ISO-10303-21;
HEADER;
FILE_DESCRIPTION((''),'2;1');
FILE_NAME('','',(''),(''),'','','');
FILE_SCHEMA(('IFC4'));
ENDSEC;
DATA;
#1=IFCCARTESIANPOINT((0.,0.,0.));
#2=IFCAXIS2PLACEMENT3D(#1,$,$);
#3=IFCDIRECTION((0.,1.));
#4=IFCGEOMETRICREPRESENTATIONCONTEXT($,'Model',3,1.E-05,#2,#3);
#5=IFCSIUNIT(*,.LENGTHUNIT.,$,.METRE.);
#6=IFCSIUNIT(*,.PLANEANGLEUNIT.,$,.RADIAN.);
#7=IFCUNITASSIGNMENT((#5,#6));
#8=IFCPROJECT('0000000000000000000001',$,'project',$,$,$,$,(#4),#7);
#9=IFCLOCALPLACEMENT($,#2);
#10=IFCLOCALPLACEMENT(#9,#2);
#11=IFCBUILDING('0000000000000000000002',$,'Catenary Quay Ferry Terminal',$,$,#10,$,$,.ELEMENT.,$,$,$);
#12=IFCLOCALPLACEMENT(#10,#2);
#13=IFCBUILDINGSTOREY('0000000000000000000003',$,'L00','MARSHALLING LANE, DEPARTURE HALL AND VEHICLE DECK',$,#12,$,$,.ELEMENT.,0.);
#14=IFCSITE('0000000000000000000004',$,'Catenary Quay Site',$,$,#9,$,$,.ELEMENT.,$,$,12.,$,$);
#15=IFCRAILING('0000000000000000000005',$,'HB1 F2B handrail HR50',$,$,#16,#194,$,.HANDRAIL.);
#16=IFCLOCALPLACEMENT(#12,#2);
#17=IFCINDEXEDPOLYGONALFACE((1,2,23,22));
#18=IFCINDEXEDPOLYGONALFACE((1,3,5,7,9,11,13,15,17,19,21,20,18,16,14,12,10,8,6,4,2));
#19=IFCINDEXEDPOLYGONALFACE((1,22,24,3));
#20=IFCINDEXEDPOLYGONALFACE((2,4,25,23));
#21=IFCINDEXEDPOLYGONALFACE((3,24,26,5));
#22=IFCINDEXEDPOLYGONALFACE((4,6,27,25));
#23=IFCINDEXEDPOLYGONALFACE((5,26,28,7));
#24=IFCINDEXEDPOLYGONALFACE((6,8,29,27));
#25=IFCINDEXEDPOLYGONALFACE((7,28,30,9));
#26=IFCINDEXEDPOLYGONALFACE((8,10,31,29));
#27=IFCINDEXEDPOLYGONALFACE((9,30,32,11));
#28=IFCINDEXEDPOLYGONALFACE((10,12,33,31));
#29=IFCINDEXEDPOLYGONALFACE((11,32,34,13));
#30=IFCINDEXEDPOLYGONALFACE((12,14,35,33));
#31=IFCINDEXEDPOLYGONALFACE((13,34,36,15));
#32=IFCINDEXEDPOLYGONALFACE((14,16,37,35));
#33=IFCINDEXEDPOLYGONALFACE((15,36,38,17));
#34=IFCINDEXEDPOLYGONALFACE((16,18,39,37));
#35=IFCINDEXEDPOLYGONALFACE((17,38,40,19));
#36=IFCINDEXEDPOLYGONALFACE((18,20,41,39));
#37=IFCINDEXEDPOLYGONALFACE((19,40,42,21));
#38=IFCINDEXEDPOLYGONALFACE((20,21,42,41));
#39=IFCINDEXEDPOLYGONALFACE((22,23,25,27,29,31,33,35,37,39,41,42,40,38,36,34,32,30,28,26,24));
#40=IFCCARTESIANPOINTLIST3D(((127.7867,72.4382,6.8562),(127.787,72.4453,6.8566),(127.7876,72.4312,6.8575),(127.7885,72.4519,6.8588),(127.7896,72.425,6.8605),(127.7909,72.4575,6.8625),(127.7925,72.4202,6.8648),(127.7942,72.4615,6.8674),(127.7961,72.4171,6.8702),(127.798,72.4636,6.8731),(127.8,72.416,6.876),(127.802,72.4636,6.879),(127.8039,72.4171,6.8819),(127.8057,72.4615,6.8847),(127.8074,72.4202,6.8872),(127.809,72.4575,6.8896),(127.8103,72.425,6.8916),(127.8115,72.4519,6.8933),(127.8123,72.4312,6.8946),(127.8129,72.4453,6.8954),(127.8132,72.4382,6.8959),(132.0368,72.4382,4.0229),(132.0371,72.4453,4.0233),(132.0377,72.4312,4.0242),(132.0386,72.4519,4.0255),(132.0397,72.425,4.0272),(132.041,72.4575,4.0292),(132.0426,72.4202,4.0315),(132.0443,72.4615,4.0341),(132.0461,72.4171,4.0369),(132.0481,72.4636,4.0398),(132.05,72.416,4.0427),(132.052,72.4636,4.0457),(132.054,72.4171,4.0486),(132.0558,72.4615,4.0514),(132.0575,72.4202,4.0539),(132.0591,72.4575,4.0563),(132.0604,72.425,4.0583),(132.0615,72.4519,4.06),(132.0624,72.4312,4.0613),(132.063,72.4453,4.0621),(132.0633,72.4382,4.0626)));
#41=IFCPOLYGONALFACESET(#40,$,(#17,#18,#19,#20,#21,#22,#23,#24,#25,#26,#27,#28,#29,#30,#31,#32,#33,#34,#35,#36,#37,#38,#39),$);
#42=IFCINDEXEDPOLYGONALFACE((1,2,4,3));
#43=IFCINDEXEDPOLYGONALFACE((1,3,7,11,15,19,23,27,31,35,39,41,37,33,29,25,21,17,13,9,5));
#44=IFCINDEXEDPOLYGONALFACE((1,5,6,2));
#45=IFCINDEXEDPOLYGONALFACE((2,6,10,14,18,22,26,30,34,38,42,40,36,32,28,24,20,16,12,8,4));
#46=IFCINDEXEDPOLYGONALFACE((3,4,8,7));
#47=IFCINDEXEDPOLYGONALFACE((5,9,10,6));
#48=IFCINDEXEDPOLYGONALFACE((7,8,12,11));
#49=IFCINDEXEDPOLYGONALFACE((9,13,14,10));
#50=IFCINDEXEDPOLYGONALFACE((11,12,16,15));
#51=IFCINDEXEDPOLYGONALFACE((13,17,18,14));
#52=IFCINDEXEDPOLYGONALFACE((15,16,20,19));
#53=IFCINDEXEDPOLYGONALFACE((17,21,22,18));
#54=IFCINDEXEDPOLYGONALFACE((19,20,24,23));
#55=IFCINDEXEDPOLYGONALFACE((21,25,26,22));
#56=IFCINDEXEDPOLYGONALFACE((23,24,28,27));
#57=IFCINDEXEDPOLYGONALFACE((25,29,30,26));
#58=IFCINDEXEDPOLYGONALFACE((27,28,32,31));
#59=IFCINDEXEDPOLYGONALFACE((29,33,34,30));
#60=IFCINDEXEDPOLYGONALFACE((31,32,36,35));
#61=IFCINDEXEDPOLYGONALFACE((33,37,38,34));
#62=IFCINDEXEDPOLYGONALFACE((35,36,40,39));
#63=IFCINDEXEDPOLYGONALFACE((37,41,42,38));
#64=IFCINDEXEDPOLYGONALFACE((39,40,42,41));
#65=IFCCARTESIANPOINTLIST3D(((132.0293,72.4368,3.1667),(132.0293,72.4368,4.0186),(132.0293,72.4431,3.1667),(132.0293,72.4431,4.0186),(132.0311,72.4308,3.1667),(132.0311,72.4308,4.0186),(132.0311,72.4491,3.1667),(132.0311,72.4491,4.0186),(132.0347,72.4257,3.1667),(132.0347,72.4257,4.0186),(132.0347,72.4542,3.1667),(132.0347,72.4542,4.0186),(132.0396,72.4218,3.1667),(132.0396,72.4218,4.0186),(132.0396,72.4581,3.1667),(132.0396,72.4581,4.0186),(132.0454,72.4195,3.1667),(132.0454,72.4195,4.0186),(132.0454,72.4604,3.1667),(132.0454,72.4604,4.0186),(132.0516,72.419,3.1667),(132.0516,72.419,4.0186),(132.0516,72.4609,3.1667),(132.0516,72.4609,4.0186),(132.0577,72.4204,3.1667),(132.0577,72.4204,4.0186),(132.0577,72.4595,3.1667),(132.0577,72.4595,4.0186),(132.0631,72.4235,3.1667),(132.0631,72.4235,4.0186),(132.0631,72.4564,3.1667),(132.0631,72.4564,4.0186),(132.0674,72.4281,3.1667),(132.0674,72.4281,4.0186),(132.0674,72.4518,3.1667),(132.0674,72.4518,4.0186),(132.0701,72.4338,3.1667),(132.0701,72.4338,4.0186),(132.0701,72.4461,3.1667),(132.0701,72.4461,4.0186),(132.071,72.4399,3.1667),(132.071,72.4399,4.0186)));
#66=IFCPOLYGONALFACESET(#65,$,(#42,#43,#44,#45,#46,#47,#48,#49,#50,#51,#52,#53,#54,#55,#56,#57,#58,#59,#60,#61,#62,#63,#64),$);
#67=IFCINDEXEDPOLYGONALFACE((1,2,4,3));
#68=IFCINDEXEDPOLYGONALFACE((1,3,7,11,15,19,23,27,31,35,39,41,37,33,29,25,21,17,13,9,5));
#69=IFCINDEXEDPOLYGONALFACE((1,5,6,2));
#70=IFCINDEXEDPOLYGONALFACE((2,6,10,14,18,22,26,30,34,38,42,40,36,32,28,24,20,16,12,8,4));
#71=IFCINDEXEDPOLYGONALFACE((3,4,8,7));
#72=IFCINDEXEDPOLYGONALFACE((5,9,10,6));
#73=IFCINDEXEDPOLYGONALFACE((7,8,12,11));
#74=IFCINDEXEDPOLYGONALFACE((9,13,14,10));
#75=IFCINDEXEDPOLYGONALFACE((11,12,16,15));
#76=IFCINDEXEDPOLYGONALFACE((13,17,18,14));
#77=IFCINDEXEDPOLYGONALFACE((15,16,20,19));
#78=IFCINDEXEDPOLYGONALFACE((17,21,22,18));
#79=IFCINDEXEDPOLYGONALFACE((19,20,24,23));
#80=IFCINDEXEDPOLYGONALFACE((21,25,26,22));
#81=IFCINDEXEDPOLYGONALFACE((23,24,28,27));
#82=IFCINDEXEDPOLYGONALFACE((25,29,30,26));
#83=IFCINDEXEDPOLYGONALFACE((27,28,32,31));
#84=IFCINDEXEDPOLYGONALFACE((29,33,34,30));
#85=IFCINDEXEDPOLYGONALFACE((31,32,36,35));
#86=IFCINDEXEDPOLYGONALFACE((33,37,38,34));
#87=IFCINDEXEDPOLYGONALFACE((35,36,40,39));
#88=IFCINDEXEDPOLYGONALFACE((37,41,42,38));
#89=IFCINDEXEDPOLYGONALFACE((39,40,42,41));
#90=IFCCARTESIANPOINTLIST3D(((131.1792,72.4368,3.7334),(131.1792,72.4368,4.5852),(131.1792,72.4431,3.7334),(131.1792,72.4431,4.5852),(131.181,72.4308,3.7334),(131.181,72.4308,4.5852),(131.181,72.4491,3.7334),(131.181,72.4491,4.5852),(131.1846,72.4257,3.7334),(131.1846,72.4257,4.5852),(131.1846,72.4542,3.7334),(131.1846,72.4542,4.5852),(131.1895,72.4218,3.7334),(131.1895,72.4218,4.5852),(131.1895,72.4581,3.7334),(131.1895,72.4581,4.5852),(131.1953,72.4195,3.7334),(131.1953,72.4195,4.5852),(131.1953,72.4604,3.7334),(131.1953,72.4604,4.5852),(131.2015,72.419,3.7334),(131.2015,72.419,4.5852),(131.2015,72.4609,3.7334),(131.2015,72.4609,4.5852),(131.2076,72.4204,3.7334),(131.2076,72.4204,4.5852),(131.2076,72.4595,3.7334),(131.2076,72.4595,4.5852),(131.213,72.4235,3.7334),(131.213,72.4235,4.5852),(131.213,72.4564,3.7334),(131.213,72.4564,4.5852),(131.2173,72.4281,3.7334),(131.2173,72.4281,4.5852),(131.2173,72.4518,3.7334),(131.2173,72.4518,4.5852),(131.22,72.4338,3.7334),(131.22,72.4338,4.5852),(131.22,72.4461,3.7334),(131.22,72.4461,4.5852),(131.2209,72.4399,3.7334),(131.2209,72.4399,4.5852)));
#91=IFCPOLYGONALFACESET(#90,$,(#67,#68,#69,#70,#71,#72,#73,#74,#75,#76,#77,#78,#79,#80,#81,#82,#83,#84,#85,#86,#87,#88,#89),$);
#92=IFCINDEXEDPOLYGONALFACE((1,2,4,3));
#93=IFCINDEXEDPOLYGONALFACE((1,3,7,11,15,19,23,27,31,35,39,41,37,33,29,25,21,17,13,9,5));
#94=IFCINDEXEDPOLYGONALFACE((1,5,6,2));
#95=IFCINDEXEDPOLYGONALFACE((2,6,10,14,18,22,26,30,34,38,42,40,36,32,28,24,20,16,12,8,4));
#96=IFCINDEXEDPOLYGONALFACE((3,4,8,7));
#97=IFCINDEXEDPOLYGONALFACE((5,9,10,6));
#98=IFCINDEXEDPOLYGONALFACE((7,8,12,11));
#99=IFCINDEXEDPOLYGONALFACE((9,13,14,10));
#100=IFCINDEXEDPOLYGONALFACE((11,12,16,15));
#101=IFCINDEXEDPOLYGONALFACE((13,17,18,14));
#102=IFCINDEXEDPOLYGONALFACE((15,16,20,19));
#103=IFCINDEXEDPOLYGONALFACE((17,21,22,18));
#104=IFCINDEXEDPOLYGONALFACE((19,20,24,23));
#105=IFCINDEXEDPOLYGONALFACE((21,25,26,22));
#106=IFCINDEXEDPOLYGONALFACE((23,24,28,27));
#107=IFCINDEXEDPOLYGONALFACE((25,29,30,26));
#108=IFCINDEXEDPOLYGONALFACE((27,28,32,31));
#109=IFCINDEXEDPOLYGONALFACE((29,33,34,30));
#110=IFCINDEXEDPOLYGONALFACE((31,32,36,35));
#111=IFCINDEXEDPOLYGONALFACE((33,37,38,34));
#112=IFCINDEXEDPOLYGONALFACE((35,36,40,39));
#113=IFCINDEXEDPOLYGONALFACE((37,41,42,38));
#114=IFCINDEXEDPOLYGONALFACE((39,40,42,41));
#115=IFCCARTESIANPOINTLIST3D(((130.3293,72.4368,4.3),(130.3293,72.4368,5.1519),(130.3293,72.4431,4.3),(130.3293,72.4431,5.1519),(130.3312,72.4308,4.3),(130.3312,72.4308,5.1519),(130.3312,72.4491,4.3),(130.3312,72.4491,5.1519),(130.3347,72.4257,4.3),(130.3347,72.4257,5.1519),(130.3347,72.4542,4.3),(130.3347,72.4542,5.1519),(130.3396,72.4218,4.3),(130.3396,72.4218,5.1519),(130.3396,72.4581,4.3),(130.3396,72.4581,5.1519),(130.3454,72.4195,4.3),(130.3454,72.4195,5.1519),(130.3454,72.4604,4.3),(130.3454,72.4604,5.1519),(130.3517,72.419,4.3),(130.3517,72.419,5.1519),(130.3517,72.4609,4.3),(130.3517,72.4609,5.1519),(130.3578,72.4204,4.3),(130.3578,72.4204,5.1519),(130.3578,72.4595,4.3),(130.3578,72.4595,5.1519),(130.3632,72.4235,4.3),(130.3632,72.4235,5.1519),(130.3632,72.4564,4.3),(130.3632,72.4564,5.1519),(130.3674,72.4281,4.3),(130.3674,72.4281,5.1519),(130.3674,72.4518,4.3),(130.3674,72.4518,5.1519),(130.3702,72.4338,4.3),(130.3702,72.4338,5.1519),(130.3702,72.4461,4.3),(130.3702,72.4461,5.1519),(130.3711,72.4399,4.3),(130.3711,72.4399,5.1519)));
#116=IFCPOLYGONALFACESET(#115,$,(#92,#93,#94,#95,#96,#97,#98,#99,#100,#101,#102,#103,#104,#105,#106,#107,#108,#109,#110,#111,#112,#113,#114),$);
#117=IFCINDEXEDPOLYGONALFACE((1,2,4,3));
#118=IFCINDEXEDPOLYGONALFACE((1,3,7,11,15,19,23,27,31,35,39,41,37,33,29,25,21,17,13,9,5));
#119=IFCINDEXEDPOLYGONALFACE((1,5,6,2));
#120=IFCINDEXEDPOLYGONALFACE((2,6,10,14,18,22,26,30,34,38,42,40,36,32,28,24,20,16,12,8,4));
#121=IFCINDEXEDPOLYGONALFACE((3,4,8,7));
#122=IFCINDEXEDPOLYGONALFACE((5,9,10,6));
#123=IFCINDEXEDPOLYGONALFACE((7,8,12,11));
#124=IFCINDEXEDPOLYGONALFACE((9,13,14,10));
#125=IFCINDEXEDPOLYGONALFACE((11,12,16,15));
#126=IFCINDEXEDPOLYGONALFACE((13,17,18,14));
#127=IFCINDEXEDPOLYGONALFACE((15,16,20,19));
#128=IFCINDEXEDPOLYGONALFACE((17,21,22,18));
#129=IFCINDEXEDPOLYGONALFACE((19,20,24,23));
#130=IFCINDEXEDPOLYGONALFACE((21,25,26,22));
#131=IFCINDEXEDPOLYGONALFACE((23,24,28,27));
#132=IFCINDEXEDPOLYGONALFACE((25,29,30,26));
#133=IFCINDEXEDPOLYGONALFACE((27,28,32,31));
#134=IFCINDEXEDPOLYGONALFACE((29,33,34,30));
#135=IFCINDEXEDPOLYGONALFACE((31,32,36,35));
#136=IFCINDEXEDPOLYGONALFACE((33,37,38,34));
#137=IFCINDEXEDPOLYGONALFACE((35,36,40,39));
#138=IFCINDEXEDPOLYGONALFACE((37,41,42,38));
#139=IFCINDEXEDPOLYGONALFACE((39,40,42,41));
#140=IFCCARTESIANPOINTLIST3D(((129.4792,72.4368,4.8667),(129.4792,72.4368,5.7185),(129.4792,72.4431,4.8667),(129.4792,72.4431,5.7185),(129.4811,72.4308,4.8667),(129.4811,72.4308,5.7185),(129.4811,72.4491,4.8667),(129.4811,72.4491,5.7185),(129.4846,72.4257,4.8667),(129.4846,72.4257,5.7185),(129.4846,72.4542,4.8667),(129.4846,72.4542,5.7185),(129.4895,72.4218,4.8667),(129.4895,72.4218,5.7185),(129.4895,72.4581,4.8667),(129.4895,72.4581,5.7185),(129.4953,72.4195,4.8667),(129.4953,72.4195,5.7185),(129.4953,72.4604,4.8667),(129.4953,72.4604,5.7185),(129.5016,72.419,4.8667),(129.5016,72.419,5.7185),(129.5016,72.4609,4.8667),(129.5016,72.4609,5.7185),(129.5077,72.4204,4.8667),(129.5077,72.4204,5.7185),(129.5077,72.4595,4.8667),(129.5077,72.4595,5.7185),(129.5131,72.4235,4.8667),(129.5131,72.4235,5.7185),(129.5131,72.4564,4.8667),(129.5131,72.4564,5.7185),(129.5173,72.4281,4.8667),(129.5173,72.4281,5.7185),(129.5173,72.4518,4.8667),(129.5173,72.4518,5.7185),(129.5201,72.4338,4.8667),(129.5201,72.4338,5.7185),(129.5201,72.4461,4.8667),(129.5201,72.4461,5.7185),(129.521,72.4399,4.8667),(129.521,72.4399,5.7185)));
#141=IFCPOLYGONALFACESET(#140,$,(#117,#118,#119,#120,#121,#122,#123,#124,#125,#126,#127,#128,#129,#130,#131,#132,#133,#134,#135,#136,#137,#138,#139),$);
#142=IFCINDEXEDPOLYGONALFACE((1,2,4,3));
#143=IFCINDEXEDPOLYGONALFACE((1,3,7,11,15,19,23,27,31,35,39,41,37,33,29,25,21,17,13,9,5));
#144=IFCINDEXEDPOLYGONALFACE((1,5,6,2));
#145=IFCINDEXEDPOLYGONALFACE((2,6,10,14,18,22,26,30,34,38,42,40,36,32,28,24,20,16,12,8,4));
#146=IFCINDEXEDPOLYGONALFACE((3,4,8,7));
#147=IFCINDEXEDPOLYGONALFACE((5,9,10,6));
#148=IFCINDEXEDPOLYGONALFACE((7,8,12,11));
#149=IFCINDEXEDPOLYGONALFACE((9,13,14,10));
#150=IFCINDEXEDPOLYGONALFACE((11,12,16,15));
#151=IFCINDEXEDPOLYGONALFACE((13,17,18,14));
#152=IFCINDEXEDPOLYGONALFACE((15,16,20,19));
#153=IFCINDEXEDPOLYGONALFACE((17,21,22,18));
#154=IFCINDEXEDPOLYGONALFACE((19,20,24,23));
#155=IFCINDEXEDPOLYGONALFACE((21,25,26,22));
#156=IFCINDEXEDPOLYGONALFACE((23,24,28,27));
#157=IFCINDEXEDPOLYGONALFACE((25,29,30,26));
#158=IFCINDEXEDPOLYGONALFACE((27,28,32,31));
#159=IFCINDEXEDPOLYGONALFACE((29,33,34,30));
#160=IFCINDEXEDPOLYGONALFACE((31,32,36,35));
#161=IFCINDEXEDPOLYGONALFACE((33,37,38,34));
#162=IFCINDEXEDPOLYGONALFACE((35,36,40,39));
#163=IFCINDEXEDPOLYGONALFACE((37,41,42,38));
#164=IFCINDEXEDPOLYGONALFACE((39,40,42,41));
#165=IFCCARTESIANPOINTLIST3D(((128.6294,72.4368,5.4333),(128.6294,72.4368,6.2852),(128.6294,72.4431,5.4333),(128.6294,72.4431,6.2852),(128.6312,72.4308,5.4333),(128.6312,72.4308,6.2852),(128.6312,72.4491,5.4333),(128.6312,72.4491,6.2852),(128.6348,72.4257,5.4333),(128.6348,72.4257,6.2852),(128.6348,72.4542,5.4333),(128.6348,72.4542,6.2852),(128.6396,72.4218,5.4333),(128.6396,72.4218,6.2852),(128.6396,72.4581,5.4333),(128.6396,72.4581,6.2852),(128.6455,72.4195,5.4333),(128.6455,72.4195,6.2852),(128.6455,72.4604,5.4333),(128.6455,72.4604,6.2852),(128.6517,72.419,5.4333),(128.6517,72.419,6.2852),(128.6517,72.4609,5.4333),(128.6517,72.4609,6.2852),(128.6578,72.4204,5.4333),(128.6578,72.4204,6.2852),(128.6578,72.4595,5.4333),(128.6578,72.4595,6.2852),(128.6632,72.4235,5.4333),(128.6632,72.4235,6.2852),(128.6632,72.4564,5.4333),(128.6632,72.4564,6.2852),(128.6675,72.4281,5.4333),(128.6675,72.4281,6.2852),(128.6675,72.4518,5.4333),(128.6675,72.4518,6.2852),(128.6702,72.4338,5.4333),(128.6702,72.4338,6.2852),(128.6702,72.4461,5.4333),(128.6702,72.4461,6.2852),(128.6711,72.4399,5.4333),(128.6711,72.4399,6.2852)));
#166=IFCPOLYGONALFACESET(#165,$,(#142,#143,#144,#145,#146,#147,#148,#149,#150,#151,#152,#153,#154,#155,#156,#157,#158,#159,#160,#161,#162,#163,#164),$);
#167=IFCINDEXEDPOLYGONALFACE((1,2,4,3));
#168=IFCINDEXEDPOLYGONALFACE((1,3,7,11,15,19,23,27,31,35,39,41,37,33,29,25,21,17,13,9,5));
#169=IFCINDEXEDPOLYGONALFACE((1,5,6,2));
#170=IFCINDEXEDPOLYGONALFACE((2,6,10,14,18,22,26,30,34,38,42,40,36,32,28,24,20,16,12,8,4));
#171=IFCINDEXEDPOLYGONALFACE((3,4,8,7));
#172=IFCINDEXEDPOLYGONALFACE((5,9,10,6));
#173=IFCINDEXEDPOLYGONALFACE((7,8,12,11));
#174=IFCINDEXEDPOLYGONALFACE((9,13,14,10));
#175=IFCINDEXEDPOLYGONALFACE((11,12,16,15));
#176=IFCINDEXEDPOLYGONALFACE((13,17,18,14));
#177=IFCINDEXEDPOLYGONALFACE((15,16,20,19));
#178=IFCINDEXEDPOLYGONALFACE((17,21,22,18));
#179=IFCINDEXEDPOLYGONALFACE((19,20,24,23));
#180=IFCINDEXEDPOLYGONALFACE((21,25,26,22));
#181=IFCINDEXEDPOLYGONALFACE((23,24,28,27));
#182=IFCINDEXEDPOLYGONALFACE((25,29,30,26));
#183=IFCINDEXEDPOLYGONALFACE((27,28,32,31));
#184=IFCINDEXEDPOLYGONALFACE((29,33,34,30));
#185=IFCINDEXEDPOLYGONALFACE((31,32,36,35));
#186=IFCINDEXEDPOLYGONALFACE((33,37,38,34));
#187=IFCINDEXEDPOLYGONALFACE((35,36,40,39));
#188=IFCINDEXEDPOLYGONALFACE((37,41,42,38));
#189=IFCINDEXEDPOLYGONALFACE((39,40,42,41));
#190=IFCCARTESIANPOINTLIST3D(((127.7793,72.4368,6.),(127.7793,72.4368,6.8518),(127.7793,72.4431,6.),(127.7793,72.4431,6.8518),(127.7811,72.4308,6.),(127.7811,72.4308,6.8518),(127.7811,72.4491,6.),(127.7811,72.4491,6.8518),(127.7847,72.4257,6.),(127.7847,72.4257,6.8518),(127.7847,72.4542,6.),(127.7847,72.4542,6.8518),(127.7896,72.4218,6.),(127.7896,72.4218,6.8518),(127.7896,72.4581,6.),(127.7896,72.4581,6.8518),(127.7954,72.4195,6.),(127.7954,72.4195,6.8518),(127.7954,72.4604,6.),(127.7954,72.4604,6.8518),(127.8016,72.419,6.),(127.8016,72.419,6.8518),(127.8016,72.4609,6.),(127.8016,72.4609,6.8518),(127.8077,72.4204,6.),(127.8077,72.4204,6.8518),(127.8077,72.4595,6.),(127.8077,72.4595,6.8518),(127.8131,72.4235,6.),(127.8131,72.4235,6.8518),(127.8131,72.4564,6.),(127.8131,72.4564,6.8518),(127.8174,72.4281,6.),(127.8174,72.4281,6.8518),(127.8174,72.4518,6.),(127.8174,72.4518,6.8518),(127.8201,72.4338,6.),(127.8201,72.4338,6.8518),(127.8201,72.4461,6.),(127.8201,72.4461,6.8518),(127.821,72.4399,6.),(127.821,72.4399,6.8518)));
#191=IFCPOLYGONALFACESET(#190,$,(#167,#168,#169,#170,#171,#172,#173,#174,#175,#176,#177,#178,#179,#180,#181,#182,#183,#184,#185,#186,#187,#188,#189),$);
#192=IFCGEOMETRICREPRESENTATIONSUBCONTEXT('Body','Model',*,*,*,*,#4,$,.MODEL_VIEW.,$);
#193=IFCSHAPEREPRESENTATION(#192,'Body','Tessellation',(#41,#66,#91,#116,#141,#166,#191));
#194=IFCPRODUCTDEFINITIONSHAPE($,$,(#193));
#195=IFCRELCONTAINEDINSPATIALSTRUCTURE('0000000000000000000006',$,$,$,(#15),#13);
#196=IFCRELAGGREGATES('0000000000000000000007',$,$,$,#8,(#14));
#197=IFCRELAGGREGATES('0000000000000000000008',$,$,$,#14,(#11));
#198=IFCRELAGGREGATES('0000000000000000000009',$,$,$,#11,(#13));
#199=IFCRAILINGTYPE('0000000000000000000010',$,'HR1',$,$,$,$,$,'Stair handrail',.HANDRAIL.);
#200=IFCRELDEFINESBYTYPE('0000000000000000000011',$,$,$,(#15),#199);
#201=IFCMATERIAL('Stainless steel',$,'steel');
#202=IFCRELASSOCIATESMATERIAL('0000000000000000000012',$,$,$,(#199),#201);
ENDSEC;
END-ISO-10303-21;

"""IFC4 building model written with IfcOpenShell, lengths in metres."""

from ifc_helpers import new_model, si_unit, direction, frame, origin, origin_2d, place, context, subcontext, project, spatial, circle, extrude, material, type_object, element, save


model = new_model("IFC4")

# Units and contexts
model_context = context("Model", 3, precision=1e-05, world=origin(), true_north=direction((0.0, 1.0)))
body_context = subcontext(model_context, "Body", "Model", "MODEL_VIEW")
ifc_project = project(units=[si_unit("LENGTHUNIT", "METRE"), si_unit("PLANEANGLEUNIT", "RADIAN")], contexts=[model_context])

# Site, building, storey
site_placement = place(None, origin())
site = spatial("IfcSite", under=ifc_project, at=site_placement, Name="Catenary Quay Site", CompositionType="ELEMENT", RefElevation=12.0)
building_placement = place(site_placement, origin())
building = spatial("IfcBuilding", under=site, at=building_placement, Name="Catenary Quay Ferry Terminal", CompositionType="ELEMENT")
storey_placement = place(building_placement, origin())
storey = spatial("IfcBuildingStorey", under=building, at=storey_placement, Name="L00", Description="MARSHALLING LANE, DEPARTURE HALL AND VEHICLE DECK", CompositionType="ELEMENT", Elevation=0.0)

# Railing
ifc_material_1 = material(Name="Stainless steel", Category="steel")
railing_type_1 = type_object("IfcRailingType", Name="HR1", ElementType="Stair handrail", PredefinedType="HANDRAIL", material=ifc_material_1)
for number, where, name in (
    (1, (132.05, 72.4399, 3.1667), "HB1 F2B handrail HR50"),
):
    element("IfcRailing", number, at=place(storey_placement, frame(where)), inside=storey, type_object=railing_type_1, Name=name, PredefinedType="HANDRAIL", context=body_context, shape_type="SweptSolid", body=[
        extrude(circle(Radius=0.0239, at=origin_2d()), frame((0.0, 0.0, 0.876), z_axis=(-0.832058, 0.0, 0.554689), x_axis=(0.0, -1.0, 0.0)), (0.0, 0.0, 1.0), 5.1079),
        extrude(circle(Radius=0.021, at=origin_2d()), origin(), (0.0, 0.0, 1.0), 0.8518),
        extrude(circle(Radius=0.021, at=origin_2d()), frame((-0.8501, 0.0, 0.5667)), (0.0, 0.0, 1.0), 0.8518),
        extrude(circle(Radius=0.021, at=origin_2d()), frame((-1.7, 0.0, 1.1333)), (0.0, 0.0, 1.0), 0.8518),
        extrude(circle(Radius=0.021, at=origin_2d()), frame((-2.55, 0.0, 1.7)), (0.0, 0.0, 1.0), 0.8518),
        extrude(circle(Radius=0.021, at=origin_2d()), frame((-3.3999, 0.0, 2.2666)), (0.0, 0.0, 1.0), 0.8518),
        extrude(circle(Radius=0.021, at=origin_2d()), frame((-4.25, 0.0, 2.8333)), (0.0, 0.0, 1.0), 0.8518),
    ])

save(model, "model.ifc")
